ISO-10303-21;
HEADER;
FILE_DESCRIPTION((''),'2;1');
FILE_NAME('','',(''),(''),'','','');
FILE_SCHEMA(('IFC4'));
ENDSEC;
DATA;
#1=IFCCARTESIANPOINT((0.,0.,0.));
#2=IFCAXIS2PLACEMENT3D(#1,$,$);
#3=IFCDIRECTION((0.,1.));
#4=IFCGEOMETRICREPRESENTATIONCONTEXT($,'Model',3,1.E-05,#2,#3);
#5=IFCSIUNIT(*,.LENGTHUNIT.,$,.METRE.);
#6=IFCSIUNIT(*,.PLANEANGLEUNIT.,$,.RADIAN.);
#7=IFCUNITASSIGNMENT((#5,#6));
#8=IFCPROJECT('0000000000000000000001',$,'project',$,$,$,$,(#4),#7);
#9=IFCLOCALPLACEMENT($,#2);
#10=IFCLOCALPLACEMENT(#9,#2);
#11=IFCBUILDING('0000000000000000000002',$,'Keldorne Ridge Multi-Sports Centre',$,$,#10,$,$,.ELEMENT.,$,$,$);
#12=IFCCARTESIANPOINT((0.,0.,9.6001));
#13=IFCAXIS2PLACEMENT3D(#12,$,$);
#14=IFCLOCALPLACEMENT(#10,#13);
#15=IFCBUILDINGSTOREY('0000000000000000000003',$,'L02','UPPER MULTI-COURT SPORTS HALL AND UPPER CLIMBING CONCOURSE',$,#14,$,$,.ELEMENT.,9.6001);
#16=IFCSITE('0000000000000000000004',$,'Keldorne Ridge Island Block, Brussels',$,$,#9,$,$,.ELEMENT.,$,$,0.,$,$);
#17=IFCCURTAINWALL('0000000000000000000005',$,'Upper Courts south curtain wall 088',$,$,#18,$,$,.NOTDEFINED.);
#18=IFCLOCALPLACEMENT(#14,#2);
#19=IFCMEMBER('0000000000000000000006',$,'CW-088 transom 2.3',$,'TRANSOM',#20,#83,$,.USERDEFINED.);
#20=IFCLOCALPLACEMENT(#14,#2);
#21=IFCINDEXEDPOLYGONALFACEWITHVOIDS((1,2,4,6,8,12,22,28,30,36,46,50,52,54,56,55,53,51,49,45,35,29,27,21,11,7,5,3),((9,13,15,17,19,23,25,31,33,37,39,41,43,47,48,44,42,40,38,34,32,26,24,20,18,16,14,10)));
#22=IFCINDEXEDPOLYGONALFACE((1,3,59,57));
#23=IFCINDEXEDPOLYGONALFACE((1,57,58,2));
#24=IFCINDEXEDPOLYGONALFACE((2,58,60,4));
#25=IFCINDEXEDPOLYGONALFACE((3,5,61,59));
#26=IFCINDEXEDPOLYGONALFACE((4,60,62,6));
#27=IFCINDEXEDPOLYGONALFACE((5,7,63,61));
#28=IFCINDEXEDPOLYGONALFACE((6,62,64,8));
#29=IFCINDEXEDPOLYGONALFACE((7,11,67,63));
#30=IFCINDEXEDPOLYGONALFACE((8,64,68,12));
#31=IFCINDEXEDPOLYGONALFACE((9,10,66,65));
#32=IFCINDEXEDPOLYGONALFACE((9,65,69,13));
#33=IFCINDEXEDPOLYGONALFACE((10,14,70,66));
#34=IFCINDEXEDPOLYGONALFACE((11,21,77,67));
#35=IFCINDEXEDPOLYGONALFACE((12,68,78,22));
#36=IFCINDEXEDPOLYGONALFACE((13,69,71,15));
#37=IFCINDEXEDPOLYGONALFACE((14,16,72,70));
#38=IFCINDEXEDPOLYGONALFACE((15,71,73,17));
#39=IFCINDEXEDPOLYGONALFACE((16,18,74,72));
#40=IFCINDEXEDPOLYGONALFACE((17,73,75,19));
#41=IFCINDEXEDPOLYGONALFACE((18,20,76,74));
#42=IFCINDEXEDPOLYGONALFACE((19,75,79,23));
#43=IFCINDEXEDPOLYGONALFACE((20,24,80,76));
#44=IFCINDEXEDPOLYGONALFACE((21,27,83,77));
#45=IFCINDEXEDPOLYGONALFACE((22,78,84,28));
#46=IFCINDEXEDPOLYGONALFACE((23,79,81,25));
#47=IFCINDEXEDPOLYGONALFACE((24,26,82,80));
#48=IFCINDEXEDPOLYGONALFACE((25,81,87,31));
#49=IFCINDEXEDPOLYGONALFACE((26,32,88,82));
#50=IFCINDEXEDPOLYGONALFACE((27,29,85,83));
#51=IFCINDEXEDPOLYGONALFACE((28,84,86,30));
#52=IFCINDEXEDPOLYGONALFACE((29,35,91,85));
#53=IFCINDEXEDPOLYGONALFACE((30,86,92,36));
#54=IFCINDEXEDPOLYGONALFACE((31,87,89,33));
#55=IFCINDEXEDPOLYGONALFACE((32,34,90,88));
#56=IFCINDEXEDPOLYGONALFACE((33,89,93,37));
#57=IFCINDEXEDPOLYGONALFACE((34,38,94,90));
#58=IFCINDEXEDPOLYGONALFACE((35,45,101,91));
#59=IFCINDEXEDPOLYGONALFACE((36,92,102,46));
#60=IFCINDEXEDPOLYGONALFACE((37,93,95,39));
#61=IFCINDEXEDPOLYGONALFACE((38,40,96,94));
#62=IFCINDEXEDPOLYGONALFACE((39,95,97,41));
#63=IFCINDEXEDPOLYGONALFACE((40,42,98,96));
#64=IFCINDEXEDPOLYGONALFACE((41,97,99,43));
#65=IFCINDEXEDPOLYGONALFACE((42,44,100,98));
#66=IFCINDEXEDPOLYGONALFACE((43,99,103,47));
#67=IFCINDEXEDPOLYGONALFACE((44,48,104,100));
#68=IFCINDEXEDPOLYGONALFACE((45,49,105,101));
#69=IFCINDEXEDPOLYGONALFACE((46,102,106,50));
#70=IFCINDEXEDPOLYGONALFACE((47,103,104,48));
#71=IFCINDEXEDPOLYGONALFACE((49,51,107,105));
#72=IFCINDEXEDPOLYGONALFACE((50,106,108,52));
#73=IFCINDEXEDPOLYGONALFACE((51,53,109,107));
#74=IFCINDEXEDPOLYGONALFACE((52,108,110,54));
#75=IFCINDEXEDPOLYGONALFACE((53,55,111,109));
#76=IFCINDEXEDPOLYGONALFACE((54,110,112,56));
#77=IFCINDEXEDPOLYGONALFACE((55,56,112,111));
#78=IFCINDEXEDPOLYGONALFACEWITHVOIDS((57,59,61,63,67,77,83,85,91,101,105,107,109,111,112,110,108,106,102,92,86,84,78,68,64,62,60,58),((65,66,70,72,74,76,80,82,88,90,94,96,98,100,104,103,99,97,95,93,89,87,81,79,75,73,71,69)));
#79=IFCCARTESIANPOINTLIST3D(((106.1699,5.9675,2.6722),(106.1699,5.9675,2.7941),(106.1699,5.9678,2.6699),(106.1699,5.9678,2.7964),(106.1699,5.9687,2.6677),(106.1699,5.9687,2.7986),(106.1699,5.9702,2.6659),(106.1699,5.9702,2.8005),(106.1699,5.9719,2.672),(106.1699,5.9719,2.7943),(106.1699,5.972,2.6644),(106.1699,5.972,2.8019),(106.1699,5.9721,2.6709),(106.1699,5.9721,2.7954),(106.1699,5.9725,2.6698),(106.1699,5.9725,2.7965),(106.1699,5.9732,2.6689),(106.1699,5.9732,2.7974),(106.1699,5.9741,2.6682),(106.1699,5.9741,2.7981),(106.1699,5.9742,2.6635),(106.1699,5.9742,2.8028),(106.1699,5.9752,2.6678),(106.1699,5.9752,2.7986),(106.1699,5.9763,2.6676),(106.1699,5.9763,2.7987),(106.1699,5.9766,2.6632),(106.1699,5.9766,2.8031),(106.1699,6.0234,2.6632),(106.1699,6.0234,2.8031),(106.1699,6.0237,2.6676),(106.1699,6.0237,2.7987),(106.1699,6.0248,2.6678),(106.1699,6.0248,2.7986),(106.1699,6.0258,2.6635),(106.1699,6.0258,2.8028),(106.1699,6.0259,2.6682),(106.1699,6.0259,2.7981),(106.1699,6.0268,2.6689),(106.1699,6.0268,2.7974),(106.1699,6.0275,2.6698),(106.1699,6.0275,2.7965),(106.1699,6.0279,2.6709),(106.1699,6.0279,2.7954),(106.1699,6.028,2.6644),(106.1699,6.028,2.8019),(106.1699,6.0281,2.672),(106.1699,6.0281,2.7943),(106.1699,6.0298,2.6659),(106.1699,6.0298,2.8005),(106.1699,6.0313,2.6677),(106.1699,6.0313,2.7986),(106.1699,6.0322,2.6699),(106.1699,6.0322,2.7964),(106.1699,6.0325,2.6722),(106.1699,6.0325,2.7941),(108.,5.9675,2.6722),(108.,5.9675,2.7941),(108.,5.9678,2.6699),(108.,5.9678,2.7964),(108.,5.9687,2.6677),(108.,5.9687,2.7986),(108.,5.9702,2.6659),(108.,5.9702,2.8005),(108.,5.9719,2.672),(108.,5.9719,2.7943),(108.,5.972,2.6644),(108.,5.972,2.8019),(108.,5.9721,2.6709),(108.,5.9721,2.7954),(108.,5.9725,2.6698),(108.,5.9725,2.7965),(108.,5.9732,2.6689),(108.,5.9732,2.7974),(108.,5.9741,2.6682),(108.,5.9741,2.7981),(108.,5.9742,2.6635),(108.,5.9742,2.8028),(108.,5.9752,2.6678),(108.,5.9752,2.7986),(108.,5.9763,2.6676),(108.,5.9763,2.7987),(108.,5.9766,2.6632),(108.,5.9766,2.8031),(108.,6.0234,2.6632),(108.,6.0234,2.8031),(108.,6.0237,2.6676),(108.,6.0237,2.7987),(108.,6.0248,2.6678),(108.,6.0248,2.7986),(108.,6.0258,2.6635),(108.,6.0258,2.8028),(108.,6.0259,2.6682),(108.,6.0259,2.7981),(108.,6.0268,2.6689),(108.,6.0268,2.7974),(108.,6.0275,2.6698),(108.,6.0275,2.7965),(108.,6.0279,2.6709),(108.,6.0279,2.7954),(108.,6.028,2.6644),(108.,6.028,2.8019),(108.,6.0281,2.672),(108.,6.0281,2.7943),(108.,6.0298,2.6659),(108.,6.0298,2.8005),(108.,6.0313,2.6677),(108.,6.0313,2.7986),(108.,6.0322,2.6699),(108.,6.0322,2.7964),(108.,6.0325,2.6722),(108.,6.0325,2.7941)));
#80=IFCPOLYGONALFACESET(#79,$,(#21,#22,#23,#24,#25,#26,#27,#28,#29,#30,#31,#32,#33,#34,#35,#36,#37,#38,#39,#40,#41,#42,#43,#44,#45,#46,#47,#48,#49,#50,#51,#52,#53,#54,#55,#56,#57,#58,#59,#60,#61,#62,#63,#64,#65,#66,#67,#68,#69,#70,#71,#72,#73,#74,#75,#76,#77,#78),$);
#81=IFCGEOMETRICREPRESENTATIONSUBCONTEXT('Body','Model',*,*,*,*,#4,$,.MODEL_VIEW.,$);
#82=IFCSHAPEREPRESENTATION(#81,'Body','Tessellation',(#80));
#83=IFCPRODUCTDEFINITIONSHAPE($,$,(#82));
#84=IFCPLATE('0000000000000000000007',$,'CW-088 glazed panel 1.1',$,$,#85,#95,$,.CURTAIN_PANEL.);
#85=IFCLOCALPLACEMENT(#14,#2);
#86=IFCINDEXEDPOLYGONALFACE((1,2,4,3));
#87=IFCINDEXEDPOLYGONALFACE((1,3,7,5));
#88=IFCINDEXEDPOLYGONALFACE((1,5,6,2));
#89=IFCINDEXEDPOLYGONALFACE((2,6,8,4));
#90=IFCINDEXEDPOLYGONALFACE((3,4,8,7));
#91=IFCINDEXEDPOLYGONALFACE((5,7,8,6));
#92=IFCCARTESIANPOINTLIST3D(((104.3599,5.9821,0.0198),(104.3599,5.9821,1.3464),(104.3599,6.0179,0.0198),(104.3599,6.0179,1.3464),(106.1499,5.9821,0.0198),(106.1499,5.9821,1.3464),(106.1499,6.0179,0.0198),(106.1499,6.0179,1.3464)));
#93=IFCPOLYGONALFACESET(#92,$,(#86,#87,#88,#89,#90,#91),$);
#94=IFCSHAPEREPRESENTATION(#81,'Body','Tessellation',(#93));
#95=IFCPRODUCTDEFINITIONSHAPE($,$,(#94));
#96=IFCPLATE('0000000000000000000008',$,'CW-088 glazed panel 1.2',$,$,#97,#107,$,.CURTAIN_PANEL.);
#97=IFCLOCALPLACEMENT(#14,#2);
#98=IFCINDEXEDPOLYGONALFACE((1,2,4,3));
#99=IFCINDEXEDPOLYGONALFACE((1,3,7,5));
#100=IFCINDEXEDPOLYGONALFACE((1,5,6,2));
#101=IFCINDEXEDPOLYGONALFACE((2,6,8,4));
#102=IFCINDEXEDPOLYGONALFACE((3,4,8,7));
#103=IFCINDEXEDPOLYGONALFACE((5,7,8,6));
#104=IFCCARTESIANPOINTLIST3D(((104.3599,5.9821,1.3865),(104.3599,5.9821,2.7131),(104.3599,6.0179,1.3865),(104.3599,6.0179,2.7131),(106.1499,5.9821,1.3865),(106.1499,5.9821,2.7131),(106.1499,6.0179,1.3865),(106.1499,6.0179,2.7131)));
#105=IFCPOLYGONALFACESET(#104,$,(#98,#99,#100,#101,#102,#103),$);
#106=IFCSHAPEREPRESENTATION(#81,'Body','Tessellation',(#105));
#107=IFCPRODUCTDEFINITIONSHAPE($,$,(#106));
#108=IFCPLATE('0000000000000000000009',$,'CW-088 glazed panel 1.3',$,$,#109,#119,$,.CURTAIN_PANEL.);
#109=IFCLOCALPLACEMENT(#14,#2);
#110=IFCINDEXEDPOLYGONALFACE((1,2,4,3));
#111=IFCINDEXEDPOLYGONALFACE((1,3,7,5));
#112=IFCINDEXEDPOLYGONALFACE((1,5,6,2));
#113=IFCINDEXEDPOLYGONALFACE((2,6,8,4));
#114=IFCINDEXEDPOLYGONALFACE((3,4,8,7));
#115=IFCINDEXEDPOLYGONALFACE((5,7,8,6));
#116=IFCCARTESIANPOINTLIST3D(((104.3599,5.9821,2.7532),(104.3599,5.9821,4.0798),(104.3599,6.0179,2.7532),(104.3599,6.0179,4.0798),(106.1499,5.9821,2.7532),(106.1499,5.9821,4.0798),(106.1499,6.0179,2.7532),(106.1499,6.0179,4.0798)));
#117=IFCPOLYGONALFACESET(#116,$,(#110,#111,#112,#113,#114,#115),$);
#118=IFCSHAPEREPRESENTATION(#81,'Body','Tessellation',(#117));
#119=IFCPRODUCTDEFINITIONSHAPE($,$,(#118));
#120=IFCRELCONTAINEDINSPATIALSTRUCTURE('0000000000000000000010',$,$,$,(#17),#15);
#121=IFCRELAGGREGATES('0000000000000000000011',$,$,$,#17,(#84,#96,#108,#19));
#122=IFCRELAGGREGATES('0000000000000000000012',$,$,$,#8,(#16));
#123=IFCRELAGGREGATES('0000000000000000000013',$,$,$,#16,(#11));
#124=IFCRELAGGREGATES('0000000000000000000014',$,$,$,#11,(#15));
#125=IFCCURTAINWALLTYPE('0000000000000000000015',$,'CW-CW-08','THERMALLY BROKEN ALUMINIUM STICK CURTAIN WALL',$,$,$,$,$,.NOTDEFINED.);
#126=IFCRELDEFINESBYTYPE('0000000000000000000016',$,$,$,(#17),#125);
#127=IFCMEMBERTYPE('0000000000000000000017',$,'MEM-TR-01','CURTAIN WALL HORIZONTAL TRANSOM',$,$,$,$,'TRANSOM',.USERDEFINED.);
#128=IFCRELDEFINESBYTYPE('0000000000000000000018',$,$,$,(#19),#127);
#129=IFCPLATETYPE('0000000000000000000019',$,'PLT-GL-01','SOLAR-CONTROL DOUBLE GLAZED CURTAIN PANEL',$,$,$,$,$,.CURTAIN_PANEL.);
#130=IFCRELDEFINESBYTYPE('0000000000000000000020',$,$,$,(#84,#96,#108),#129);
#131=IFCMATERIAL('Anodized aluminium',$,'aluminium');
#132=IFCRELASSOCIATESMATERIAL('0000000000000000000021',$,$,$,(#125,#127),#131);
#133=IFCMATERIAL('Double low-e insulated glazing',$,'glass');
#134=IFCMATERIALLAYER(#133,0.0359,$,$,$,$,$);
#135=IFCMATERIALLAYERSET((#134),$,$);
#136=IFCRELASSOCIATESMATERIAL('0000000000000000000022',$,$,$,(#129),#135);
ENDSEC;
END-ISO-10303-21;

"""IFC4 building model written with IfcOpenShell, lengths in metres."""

from ifc_helpers import new_model, si_unit, direction, frame, origin, origin_2d, place, context, subcontext, project, spatial, rectangle, hollow_rectangle, extrude, material, layer, layer_set, material_profile, profile_set, type_object, element, aggregate, save


model = new_model("IFC4")

# Units and contexts
model_context = context("Model", 3, precision=1e-05, world=origin(), true_north=direction((0.0, 1.0)))
body_context = subcontext(model_context, "Body", "Model", "MODEL_VIEW")
ifc_project = project(units=[si_unit("LENGTHUNIT", "METRE"), si_unit("PLANEANGLEUNIT", "RADIAN")], contexts=[model_context])

# Site, building, storey
site_placement = place(None, origin())
site = spatial("IfcSite", under=ifc_project, at=site_placement, Name="Keldorne Ridge Island Block, Brussels", CompositionType="ELEMENT", RefElevation=0.0)
building_placement = place(site_placement, origin())
building = spatial("IfcBuilding", under=site, at=building_placement, Name="Keldorne Ridge Multi-Sports Centre", CompositionType="ELEMENT")
storey_placement = place(building_placement, frame((0.0, 0.0, 9.6001)))
storey = spatial("IfcBuildingStorey", under=building, at=storey_placement, Name="L02", Description="UPPER MULTI-COURT SPORTS HALL AND UPPER CLIMBING CONCOURSE", CompositionType="ELEMENT", Elevation=9.6001)

# Curtain wall, member, plates
ifc_material_1 = material(Name="Anodized aluminium", Category="aluminium")
curtain_wall_type = type_object("IfcCurtainWallType", Name="CW-CW-08", Description="THERMALLY BROKEN ALUMINIUM STICK CURTAIN WALL", PredefinedType="NOTDEFINED", material=ifc_material_1)
curtain_wall_placement = place(storey_placement, origin())
curtain_wall = element("IfcCurtainWall", 1, at=curtain_wall_placement, inside=storey, type_object=curtain_wall_type, Name="Upper Courts south curtain wall 088", PredefinedType="NOTDEFINED")
ifc_material_profile_1 = material_profile(ifc_material_1, hollow_rectangle(XDim=0.0649, YDim=0.1399, WallThickness=0.0044, InnerFilletRadius=0.0044, OuterFilletRadius=0.009, at=origin_2d()), Name="ALU TRANSOM 140x65x4.5")
ifc_profile_set_1 = profile_set([ifc_material_profile_1], Name="Anodized aluminium")
member_type_1 = type_object("IfcMemberType", Name="MEM-TR-01", Description="CURTAIN WALL HORIZONTAL TRANSOM", ElementType="TRANSOM", PredefinedType="USERDEFINED", material=ifc_profile_set_1)
member_1_placement = place(storey_placement, frame((106.1699, 6.0, 2.7332), z_axis=(1.0, 0.0, 0.0), x_axis=(0.0, 1.0, 0.0)))
member_1 = element("IfcMember", 2, at=member_1_placement, type_object=member_type_1, Name="CW-088 transom 2.3", ObjectType="TRANSOM", PredefinedType="USERDEFINED", context=body_context, shape_type="SweptSolid", body=[
    extrude(hollow_rectangle(XDim=0.0649, YDim=0.1399, WallThickness=0.0044, InnerFilletRadius=0.0044, OuterFilletRadius=0.009, at=origin_2d()), origin(), (0.0, 0.0, 1.0), 1.8301),
])
ifc_material_2 = material(Name="Double low-e insulated glazing", Category="glass")
ifc_layer = layer(ifc_material_2, 0.0359)
ifc_layer_set = layer_set([ifc_layer])
plate_type = type_object("IfcPlateType", Name="PLT-GL-01", Description="SOLAR-CONTROL DOUBLE GLAZED CURTAIN PANEL", PredefinedType="CURTAIN_PANEL", material=ifc_layer_set)
plate_1_placement = place(storey_placement, frame((105.2549, 6.0, 0.0198), z_axis=(0.0, 0.0, 1.0), x_axis=(1.0, 0.0, 0.0)))
plate_1 = element("IfcPlate", 3, at=plate_1_placement, type_object=plate_type, Name="CW-088 glazed panel 1.1", PredefinedType="CURTAIN_PANEL", context=body_context, shape_type="SweptSolid", body=[
    extrude(rectangle(XDim=1.79, YDim=0.0359, at=origin_2d()), origin(), (0.0, 0.0, 1.0), 1.3267),
])
plate_2_placement = place(storey_placement, frame((105.2549, 6.0, 1.3865), z_axis=(0.0, 0.0, 1.0), x_axis=(1.0, 0.0, 0.0)))
plate_2 = element("IfcPlate", 4, at=plate_2_placement, type_object=plate_type, Name="CW-088 glazed panel 1.2", PredefinedType="CURTAIN_PANEL", context=body_context, shape_type="SweptSolid", body=[
    extrude(rectangle(XDim=1.79, YDim=0.0359, at=origin_2d()), origin(), (0.0, 0.0, 1.0), 1.3267),
])
plate_3_placement = place(storey_placement, frame((105.2549, 6.0, 2.7532), z_axis=(0.0, 0.0, 1.0), x_axis=(1.0, 0.0, 0.0)))
plate_3 = element("IfcPlate", 5, at=plate_3_placement, type_object=plate_type, Name="CW-088 glazed panel 1.3", PredefinedType="CURTAIN_PANEL", context=body_context, shape_type="SweptSolid", body=[
    extrude(rectangle(XDim=1.79, YDim=0.0359, at=origin_2d()), origin(), (0.0, 0.0, 1.0), 1.3267),
])
aggregate(curtain_wall, [plate_1, plate_2, plate_3, member_1])

save(model, "model.ifc")
